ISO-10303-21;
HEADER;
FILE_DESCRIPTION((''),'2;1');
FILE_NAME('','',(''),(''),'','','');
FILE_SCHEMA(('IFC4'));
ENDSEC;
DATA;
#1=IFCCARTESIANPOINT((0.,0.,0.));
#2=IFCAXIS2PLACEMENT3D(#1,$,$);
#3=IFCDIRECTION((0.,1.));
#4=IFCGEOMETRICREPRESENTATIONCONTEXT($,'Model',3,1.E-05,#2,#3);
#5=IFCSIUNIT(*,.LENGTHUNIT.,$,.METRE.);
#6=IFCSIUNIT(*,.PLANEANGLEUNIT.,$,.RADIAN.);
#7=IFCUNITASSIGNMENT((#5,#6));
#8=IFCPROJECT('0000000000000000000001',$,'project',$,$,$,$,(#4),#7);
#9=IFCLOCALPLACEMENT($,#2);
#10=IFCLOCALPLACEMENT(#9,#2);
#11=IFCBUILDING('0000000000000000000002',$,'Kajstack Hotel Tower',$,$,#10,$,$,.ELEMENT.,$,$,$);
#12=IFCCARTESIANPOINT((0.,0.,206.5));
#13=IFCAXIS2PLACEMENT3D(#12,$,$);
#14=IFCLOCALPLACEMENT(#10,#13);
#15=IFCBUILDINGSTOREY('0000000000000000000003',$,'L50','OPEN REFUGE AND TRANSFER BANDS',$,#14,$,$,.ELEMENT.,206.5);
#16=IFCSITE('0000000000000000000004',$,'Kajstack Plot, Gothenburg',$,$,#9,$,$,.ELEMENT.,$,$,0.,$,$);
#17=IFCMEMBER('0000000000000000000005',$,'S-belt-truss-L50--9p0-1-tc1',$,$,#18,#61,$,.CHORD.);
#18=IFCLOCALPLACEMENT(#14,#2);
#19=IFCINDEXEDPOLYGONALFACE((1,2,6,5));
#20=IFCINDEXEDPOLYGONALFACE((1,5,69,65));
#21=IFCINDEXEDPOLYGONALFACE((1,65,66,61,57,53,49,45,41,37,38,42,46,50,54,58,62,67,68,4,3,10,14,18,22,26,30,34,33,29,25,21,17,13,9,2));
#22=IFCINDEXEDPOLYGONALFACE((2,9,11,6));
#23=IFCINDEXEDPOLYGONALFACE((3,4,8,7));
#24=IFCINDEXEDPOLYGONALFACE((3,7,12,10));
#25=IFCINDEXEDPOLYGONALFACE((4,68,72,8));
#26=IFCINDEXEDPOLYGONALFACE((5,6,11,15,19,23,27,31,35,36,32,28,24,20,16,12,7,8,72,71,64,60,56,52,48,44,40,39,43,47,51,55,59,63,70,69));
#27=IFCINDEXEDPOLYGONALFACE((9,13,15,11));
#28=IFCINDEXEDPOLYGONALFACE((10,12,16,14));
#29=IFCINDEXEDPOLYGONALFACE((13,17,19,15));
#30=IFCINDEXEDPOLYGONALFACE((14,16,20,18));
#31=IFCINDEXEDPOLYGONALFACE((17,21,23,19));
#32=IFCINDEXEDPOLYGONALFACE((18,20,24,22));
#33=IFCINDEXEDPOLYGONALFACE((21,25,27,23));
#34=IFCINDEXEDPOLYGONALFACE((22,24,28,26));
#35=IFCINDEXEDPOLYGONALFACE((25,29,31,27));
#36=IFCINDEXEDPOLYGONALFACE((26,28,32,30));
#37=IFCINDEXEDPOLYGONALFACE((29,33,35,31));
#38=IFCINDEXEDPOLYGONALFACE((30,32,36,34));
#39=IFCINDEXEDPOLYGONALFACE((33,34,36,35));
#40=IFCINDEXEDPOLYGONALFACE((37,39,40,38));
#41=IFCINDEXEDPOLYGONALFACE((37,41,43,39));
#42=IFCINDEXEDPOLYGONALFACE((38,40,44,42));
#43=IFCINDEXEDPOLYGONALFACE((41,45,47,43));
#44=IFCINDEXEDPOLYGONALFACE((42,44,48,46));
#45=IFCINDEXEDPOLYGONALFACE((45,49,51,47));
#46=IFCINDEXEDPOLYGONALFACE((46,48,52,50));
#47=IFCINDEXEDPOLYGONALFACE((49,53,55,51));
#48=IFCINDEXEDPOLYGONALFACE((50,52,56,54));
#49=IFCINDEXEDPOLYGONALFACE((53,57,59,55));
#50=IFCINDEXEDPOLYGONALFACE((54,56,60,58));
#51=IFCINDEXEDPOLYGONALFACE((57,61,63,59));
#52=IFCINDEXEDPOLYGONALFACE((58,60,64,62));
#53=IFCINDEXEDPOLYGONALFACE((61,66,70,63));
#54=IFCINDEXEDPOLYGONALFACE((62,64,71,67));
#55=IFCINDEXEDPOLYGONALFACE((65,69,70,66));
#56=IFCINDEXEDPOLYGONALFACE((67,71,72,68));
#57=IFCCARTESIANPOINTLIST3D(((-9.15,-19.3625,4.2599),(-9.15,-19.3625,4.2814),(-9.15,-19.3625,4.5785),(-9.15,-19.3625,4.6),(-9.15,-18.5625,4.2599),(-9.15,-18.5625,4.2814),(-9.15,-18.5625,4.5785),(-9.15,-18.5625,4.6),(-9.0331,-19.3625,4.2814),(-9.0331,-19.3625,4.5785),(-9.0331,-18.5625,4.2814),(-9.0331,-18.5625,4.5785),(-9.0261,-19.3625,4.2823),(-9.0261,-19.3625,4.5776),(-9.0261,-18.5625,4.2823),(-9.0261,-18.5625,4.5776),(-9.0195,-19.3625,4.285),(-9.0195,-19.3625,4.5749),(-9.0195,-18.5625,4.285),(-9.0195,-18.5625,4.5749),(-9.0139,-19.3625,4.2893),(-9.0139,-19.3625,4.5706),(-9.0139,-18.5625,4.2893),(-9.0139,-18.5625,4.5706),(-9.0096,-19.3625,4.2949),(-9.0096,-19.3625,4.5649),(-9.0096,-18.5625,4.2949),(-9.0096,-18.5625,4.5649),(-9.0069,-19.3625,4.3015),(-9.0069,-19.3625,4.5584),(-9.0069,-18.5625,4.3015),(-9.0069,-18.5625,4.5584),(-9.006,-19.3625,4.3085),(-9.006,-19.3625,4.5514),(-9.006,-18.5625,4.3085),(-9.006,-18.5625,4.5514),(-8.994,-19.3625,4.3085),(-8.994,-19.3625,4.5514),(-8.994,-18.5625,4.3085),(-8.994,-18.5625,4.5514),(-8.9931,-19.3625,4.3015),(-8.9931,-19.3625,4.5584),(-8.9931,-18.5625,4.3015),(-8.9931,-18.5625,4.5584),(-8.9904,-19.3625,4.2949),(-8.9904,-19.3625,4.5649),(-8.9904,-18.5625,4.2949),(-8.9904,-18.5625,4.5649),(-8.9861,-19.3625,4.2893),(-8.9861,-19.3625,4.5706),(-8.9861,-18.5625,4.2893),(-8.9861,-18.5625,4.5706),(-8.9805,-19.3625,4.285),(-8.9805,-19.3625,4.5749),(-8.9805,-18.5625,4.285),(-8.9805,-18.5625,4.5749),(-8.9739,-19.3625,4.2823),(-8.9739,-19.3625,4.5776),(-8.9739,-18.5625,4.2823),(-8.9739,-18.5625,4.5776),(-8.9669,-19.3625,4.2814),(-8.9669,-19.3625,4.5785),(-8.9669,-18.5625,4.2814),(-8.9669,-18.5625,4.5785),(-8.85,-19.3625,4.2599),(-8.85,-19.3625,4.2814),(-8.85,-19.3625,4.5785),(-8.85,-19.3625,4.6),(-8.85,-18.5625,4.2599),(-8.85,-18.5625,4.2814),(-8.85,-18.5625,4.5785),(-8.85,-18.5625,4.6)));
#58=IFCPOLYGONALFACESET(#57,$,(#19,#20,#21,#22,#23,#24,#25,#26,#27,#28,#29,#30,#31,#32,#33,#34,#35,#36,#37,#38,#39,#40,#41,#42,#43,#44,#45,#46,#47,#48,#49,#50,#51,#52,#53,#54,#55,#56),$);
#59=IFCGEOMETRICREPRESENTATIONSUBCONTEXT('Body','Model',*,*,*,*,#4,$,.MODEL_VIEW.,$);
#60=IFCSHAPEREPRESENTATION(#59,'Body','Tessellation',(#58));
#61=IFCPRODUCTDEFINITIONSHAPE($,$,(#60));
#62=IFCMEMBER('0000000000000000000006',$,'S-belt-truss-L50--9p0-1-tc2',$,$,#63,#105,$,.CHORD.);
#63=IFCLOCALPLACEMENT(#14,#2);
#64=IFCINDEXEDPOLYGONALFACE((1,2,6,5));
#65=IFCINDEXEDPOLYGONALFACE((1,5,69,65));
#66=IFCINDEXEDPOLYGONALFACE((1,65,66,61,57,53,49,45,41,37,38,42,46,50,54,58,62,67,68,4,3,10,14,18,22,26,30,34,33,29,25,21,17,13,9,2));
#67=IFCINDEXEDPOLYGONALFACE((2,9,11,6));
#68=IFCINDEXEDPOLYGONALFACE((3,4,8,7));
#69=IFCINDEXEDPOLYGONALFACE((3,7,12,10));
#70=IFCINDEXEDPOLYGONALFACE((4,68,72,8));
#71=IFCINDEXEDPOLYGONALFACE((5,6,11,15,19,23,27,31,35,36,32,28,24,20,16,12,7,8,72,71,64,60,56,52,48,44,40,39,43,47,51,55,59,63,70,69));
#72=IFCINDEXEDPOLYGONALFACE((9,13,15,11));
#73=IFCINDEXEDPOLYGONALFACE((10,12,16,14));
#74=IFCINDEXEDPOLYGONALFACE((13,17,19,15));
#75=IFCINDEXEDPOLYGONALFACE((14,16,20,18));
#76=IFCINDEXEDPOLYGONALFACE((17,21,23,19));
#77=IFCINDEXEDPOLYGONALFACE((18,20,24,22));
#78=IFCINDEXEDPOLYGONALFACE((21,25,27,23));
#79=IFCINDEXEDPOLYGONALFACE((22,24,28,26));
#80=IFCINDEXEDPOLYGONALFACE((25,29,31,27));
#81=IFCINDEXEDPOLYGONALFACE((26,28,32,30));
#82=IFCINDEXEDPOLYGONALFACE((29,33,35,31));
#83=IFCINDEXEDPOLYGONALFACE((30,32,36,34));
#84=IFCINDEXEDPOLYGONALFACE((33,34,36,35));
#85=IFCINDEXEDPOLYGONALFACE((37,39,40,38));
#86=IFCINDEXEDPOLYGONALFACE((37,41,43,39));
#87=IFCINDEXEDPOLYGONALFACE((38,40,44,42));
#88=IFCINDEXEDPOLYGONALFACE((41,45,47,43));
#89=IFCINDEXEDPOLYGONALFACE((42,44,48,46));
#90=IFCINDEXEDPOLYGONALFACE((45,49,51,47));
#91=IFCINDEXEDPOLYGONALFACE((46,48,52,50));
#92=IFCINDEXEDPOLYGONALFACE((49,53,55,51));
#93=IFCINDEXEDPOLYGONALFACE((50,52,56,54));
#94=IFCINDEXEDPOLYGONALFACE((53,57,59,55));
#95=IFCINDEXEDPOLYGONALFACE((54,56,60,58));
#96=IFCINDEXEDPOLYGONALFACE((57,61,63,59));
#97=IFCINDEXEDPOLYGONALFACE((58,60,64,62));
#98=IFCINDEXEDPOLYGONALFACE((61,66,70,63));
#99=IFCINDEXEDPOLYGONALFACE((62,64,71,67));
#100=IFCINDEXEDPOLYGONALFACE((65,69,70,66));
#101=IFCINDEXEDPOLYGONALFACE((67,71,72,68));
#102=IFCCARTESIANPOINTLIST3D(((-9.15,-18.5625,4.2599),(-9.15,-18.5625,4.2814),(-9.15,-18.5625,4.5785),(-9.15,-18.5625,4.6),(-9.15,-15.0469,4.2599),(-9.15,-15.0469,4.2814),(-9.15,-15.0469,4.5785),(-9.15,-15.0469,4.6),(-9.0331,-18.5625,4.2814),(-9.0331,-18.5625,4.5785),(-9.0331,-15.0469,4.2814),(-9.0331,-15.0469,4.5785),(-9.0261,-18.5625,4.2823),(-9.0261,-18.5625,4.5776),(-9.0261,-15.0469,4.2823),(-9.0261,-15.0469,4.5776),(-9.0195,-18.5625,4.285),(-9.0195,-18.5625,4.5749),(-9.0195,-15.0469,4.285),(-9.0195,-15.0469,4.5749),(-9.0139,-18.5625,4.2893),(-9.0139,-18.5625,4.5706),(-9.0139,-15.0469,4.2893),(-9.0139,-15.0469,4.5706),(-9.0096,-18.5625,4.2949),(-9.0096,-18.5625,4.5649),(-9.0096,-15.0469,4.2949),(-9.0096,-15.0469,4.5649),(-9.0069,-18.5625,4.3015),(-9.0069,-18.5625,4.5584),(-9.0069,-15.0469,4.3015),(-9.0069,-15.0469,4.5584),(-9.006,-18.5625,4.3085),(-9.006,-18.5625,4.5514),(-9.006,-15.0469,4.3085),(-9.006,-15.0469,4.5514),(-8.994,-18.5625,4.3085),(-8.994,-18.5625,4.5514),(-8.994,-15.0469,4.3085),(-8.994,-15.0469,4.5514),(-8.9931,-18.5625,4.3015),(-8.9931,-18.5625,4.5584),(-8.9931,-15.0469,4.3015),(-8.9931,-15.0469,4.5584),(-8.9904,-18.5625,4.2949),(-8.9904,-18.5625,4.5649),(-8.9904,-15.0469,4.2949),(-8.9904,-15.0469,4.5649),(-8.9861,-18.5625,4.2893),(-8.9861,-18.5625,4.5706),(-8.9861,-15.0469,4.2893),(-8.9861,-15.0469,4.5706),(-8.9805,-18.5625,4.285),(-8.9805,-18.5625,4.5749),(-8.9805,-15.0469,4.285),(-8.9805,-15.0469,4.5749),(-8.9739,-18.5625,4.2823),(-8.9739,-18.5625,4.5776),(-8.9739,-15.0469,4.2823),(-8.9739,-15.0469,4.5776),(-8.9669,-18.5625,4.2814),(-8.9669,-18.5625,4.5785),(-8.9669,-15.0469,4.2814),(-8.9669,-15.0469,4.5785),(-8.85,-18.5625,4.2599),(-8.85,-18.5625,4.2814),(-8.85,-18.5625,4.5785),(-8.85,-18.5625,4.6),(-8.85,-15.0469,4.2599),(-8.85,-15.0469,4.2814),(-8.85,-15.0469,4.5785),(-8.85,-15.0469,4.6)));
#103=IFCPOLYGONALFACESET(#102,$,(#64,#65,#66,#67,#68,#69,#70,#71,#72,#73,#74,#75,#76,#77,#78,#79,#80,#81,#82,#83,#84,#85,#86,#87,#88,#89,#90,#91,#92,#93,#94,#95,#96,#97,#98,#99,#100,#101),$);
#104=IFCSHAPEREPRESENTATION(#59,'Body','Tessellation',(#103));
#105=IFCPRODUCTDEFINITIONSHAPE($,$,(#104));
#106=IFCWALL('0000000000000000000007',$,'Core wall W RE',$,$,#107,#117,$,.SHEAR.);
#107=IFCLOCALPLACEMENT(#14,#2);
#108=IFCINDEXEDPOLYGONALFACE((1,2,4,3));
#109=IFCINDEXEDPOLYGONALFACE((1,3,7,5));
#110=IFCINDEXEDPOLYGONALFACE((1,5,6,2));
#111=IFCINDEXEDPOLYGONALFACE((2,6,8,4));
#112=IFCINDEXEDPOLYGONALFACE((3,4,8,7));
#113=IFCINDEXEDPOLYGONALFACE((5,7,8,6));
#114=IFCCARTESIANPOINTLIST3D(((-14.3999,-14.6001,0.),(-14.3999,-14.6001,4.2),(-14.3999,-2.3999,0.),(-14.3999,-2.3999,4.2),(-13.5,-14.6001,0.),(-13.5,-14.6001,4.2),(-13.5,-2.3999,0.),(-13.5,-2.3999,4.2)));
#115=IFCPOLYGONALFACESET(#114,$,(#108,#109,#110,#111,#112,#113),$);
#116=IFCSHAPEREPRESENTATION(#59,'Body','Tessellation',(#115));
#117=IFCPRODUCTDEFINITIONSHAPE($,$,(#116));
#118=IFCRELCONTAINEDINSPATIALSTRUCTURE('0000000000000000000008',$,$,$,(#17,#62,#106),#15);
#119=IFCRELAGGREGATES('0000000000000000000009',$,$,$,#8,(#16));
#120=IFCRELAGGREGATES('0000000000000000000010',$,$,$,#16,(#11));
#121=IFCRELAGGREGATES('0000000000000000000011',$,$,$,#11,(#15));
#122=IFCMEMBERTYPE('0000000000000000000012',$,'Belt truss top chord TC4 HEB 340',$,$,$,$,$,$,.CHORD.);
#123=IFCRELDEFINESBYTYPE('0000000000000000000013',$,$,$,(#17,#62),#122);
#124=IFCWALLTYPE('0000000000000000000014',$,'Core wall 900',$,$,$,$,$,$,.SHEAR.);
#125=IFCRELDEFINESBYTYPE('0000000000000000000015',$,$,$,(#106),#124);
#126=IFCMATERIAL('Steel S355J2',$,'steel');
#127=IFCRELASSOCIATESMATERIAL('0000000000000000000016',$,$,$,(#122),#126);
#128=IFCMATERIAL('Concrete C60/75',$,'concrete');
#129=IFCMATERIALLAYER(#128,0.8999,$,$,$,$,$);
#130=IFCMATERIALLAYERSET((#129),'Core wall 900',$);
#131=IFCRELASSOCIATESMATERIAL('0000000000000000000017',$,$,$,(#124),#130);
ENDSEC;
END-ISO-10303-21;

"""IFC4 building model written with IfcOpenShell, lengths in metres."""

from ifc_helpers import new_model, si_unit, direction, frame, frame_2d, origin, origin_2d, place, context, subcontext, project, spatial, rectangle, i_section, extrude, material, layer, layer_set, material_profile, profile_set, type_object, element, save


model = new_model("IFC4")

# Units and contexts
model_context = context("Model", 3, precision=1e-05, world=origin(), true_north=direction((0.0, 1.0)))
body_context = subcontext(model_context, "Body", "Model", "MODEL_VIEW")
ifc_project = project(units=[si_unit("LENGTHUNIT", "METRE"), si_unit("PLANEANGLEUNIT", "RADIAN")], contexts=[model_context])

# Site, building, storey
site_placement = place(None, origin())
site = spatial("IfcSite", under=ifc_project, at=site_placement, Name="Kajstack Plot, Gothenburg", CompositionType="ELEMENT", RefElevation=0.0)
building_placement = place(site_placement, origin())
building = spatial("IfcBuilding", under=site, at=building_placement, Name="Kajstack Hotel Tower", CompositionType="ELEMENT")
storey_placement = place(building_placement, frame((0.0, 0.0, 206.5)))
storey = spatial("IfcBuildingStorey", under=building, at=storey_placement, Name="L50", Description="OPEN REFUGE AND TRANSFER BANDS", CompositionType="ELEMENT", Elevation=206.5)

# Members
ifc_material_1 = material(Name="Steel S355J2", Category="steel")
ifc_material_profile_1 = material_profile(ifc_material_1, i_section(OverallWidth=0.3, OverallDepth=0.3401, WebThickness=0.012, FlangeThickness=0.0215, FilletRadius=0.0271, at=origin_2d()), Name="HEB 340")
ifc_profile_set_1 = profile_set([ifc_material_profile_1], Name="Steel S355J2")
member_type_1 = type_object("IfcMemberType", Name="Belt truss top chord TC4 HEB 340", PredefinedType="CHORD", material=ifc_profile_set_1)
member_1_placement = place(storey_placement, frame((-9.0, -19.3625, 4.4299), z_axis=(0.0, 1.0, 0.0), x_axis=(-1.0, 0.0, 0.0)))
element("IfcMember", 1, at=member_1_placement, inside=storey, type_object=member_type_1, Name="S-belt-truss-L50--9p0-1-tc1", PredefinedType="CHORD", context=body_context, shape_type="SweptSolid", body=[
    extrude(i_section(OverallWidth=0.3, OverallDepth=0.3401, WebThickness=0.012, FlangeThickness=0.0215, FilletRadius=0.0271, at=origin_2d()), origin(), (0.0, 0.0, 1.0), 0.8),
])
member_2_placement = place(storey_placement, frame((-9.0, -18.5625, 4.4299), z_axis=(0.0, 1.0, 0.0), x_axis=(-1.0, 0.0, 0.0)))
element("IfcMember", 2, at=member_2_placement, inside=storey, type_object=member_type_1, Name="S-belt-truss-L50--9p0-1-tc2", PredefinedType="CHORD", context=body_context, shape_type="SweptSolid", body=[
    extrude(i_section(OverallWidth=0.3, OverallDepth=0.3401, WebThickness=0.012, FlangeThickness=0.0215, FilletRadius=0.0271, at=origin_2d()), origin(), (0.0, 0.0, 1.0), 3.5156),
])

# Wall
ifc_material_2 = material(Name="Concrete C60/75", Category="concrete")
ifc_layer_1 = layer(ifc_material_2, 0.8999)
ifc_layer_set_1 = layer_set([ifc_layer_1], Name="Core wall 900")
wall_type_1 = type_object("IfcWallType", Name="Core wall 900", PredefinedType="SHEAR", material=ifc_layer_set_1)
wall_1_placement = place(storey_placement, frame((-13.95, -14.6001, 0.0), z_axis=(0.0, 0.0, 1.0), x_axis=(0.0, 1.0, 0.0)))
element("IfcWall", 3, at=wall_1_placement, inside=storey, type_object=wall_type_1, Name="Core wall W RE", PredefinedType="SHEAR", context=body_context, shape_type="SweptSolid", body=[
    extrude(rectangle(XDim=12.2002, YDim=0.8999, at=frame_2d((6.1001, 0.0))), origin(), (0.0, 0.0, 1.0), 4.2),
])

save(model, "model.ifc")
